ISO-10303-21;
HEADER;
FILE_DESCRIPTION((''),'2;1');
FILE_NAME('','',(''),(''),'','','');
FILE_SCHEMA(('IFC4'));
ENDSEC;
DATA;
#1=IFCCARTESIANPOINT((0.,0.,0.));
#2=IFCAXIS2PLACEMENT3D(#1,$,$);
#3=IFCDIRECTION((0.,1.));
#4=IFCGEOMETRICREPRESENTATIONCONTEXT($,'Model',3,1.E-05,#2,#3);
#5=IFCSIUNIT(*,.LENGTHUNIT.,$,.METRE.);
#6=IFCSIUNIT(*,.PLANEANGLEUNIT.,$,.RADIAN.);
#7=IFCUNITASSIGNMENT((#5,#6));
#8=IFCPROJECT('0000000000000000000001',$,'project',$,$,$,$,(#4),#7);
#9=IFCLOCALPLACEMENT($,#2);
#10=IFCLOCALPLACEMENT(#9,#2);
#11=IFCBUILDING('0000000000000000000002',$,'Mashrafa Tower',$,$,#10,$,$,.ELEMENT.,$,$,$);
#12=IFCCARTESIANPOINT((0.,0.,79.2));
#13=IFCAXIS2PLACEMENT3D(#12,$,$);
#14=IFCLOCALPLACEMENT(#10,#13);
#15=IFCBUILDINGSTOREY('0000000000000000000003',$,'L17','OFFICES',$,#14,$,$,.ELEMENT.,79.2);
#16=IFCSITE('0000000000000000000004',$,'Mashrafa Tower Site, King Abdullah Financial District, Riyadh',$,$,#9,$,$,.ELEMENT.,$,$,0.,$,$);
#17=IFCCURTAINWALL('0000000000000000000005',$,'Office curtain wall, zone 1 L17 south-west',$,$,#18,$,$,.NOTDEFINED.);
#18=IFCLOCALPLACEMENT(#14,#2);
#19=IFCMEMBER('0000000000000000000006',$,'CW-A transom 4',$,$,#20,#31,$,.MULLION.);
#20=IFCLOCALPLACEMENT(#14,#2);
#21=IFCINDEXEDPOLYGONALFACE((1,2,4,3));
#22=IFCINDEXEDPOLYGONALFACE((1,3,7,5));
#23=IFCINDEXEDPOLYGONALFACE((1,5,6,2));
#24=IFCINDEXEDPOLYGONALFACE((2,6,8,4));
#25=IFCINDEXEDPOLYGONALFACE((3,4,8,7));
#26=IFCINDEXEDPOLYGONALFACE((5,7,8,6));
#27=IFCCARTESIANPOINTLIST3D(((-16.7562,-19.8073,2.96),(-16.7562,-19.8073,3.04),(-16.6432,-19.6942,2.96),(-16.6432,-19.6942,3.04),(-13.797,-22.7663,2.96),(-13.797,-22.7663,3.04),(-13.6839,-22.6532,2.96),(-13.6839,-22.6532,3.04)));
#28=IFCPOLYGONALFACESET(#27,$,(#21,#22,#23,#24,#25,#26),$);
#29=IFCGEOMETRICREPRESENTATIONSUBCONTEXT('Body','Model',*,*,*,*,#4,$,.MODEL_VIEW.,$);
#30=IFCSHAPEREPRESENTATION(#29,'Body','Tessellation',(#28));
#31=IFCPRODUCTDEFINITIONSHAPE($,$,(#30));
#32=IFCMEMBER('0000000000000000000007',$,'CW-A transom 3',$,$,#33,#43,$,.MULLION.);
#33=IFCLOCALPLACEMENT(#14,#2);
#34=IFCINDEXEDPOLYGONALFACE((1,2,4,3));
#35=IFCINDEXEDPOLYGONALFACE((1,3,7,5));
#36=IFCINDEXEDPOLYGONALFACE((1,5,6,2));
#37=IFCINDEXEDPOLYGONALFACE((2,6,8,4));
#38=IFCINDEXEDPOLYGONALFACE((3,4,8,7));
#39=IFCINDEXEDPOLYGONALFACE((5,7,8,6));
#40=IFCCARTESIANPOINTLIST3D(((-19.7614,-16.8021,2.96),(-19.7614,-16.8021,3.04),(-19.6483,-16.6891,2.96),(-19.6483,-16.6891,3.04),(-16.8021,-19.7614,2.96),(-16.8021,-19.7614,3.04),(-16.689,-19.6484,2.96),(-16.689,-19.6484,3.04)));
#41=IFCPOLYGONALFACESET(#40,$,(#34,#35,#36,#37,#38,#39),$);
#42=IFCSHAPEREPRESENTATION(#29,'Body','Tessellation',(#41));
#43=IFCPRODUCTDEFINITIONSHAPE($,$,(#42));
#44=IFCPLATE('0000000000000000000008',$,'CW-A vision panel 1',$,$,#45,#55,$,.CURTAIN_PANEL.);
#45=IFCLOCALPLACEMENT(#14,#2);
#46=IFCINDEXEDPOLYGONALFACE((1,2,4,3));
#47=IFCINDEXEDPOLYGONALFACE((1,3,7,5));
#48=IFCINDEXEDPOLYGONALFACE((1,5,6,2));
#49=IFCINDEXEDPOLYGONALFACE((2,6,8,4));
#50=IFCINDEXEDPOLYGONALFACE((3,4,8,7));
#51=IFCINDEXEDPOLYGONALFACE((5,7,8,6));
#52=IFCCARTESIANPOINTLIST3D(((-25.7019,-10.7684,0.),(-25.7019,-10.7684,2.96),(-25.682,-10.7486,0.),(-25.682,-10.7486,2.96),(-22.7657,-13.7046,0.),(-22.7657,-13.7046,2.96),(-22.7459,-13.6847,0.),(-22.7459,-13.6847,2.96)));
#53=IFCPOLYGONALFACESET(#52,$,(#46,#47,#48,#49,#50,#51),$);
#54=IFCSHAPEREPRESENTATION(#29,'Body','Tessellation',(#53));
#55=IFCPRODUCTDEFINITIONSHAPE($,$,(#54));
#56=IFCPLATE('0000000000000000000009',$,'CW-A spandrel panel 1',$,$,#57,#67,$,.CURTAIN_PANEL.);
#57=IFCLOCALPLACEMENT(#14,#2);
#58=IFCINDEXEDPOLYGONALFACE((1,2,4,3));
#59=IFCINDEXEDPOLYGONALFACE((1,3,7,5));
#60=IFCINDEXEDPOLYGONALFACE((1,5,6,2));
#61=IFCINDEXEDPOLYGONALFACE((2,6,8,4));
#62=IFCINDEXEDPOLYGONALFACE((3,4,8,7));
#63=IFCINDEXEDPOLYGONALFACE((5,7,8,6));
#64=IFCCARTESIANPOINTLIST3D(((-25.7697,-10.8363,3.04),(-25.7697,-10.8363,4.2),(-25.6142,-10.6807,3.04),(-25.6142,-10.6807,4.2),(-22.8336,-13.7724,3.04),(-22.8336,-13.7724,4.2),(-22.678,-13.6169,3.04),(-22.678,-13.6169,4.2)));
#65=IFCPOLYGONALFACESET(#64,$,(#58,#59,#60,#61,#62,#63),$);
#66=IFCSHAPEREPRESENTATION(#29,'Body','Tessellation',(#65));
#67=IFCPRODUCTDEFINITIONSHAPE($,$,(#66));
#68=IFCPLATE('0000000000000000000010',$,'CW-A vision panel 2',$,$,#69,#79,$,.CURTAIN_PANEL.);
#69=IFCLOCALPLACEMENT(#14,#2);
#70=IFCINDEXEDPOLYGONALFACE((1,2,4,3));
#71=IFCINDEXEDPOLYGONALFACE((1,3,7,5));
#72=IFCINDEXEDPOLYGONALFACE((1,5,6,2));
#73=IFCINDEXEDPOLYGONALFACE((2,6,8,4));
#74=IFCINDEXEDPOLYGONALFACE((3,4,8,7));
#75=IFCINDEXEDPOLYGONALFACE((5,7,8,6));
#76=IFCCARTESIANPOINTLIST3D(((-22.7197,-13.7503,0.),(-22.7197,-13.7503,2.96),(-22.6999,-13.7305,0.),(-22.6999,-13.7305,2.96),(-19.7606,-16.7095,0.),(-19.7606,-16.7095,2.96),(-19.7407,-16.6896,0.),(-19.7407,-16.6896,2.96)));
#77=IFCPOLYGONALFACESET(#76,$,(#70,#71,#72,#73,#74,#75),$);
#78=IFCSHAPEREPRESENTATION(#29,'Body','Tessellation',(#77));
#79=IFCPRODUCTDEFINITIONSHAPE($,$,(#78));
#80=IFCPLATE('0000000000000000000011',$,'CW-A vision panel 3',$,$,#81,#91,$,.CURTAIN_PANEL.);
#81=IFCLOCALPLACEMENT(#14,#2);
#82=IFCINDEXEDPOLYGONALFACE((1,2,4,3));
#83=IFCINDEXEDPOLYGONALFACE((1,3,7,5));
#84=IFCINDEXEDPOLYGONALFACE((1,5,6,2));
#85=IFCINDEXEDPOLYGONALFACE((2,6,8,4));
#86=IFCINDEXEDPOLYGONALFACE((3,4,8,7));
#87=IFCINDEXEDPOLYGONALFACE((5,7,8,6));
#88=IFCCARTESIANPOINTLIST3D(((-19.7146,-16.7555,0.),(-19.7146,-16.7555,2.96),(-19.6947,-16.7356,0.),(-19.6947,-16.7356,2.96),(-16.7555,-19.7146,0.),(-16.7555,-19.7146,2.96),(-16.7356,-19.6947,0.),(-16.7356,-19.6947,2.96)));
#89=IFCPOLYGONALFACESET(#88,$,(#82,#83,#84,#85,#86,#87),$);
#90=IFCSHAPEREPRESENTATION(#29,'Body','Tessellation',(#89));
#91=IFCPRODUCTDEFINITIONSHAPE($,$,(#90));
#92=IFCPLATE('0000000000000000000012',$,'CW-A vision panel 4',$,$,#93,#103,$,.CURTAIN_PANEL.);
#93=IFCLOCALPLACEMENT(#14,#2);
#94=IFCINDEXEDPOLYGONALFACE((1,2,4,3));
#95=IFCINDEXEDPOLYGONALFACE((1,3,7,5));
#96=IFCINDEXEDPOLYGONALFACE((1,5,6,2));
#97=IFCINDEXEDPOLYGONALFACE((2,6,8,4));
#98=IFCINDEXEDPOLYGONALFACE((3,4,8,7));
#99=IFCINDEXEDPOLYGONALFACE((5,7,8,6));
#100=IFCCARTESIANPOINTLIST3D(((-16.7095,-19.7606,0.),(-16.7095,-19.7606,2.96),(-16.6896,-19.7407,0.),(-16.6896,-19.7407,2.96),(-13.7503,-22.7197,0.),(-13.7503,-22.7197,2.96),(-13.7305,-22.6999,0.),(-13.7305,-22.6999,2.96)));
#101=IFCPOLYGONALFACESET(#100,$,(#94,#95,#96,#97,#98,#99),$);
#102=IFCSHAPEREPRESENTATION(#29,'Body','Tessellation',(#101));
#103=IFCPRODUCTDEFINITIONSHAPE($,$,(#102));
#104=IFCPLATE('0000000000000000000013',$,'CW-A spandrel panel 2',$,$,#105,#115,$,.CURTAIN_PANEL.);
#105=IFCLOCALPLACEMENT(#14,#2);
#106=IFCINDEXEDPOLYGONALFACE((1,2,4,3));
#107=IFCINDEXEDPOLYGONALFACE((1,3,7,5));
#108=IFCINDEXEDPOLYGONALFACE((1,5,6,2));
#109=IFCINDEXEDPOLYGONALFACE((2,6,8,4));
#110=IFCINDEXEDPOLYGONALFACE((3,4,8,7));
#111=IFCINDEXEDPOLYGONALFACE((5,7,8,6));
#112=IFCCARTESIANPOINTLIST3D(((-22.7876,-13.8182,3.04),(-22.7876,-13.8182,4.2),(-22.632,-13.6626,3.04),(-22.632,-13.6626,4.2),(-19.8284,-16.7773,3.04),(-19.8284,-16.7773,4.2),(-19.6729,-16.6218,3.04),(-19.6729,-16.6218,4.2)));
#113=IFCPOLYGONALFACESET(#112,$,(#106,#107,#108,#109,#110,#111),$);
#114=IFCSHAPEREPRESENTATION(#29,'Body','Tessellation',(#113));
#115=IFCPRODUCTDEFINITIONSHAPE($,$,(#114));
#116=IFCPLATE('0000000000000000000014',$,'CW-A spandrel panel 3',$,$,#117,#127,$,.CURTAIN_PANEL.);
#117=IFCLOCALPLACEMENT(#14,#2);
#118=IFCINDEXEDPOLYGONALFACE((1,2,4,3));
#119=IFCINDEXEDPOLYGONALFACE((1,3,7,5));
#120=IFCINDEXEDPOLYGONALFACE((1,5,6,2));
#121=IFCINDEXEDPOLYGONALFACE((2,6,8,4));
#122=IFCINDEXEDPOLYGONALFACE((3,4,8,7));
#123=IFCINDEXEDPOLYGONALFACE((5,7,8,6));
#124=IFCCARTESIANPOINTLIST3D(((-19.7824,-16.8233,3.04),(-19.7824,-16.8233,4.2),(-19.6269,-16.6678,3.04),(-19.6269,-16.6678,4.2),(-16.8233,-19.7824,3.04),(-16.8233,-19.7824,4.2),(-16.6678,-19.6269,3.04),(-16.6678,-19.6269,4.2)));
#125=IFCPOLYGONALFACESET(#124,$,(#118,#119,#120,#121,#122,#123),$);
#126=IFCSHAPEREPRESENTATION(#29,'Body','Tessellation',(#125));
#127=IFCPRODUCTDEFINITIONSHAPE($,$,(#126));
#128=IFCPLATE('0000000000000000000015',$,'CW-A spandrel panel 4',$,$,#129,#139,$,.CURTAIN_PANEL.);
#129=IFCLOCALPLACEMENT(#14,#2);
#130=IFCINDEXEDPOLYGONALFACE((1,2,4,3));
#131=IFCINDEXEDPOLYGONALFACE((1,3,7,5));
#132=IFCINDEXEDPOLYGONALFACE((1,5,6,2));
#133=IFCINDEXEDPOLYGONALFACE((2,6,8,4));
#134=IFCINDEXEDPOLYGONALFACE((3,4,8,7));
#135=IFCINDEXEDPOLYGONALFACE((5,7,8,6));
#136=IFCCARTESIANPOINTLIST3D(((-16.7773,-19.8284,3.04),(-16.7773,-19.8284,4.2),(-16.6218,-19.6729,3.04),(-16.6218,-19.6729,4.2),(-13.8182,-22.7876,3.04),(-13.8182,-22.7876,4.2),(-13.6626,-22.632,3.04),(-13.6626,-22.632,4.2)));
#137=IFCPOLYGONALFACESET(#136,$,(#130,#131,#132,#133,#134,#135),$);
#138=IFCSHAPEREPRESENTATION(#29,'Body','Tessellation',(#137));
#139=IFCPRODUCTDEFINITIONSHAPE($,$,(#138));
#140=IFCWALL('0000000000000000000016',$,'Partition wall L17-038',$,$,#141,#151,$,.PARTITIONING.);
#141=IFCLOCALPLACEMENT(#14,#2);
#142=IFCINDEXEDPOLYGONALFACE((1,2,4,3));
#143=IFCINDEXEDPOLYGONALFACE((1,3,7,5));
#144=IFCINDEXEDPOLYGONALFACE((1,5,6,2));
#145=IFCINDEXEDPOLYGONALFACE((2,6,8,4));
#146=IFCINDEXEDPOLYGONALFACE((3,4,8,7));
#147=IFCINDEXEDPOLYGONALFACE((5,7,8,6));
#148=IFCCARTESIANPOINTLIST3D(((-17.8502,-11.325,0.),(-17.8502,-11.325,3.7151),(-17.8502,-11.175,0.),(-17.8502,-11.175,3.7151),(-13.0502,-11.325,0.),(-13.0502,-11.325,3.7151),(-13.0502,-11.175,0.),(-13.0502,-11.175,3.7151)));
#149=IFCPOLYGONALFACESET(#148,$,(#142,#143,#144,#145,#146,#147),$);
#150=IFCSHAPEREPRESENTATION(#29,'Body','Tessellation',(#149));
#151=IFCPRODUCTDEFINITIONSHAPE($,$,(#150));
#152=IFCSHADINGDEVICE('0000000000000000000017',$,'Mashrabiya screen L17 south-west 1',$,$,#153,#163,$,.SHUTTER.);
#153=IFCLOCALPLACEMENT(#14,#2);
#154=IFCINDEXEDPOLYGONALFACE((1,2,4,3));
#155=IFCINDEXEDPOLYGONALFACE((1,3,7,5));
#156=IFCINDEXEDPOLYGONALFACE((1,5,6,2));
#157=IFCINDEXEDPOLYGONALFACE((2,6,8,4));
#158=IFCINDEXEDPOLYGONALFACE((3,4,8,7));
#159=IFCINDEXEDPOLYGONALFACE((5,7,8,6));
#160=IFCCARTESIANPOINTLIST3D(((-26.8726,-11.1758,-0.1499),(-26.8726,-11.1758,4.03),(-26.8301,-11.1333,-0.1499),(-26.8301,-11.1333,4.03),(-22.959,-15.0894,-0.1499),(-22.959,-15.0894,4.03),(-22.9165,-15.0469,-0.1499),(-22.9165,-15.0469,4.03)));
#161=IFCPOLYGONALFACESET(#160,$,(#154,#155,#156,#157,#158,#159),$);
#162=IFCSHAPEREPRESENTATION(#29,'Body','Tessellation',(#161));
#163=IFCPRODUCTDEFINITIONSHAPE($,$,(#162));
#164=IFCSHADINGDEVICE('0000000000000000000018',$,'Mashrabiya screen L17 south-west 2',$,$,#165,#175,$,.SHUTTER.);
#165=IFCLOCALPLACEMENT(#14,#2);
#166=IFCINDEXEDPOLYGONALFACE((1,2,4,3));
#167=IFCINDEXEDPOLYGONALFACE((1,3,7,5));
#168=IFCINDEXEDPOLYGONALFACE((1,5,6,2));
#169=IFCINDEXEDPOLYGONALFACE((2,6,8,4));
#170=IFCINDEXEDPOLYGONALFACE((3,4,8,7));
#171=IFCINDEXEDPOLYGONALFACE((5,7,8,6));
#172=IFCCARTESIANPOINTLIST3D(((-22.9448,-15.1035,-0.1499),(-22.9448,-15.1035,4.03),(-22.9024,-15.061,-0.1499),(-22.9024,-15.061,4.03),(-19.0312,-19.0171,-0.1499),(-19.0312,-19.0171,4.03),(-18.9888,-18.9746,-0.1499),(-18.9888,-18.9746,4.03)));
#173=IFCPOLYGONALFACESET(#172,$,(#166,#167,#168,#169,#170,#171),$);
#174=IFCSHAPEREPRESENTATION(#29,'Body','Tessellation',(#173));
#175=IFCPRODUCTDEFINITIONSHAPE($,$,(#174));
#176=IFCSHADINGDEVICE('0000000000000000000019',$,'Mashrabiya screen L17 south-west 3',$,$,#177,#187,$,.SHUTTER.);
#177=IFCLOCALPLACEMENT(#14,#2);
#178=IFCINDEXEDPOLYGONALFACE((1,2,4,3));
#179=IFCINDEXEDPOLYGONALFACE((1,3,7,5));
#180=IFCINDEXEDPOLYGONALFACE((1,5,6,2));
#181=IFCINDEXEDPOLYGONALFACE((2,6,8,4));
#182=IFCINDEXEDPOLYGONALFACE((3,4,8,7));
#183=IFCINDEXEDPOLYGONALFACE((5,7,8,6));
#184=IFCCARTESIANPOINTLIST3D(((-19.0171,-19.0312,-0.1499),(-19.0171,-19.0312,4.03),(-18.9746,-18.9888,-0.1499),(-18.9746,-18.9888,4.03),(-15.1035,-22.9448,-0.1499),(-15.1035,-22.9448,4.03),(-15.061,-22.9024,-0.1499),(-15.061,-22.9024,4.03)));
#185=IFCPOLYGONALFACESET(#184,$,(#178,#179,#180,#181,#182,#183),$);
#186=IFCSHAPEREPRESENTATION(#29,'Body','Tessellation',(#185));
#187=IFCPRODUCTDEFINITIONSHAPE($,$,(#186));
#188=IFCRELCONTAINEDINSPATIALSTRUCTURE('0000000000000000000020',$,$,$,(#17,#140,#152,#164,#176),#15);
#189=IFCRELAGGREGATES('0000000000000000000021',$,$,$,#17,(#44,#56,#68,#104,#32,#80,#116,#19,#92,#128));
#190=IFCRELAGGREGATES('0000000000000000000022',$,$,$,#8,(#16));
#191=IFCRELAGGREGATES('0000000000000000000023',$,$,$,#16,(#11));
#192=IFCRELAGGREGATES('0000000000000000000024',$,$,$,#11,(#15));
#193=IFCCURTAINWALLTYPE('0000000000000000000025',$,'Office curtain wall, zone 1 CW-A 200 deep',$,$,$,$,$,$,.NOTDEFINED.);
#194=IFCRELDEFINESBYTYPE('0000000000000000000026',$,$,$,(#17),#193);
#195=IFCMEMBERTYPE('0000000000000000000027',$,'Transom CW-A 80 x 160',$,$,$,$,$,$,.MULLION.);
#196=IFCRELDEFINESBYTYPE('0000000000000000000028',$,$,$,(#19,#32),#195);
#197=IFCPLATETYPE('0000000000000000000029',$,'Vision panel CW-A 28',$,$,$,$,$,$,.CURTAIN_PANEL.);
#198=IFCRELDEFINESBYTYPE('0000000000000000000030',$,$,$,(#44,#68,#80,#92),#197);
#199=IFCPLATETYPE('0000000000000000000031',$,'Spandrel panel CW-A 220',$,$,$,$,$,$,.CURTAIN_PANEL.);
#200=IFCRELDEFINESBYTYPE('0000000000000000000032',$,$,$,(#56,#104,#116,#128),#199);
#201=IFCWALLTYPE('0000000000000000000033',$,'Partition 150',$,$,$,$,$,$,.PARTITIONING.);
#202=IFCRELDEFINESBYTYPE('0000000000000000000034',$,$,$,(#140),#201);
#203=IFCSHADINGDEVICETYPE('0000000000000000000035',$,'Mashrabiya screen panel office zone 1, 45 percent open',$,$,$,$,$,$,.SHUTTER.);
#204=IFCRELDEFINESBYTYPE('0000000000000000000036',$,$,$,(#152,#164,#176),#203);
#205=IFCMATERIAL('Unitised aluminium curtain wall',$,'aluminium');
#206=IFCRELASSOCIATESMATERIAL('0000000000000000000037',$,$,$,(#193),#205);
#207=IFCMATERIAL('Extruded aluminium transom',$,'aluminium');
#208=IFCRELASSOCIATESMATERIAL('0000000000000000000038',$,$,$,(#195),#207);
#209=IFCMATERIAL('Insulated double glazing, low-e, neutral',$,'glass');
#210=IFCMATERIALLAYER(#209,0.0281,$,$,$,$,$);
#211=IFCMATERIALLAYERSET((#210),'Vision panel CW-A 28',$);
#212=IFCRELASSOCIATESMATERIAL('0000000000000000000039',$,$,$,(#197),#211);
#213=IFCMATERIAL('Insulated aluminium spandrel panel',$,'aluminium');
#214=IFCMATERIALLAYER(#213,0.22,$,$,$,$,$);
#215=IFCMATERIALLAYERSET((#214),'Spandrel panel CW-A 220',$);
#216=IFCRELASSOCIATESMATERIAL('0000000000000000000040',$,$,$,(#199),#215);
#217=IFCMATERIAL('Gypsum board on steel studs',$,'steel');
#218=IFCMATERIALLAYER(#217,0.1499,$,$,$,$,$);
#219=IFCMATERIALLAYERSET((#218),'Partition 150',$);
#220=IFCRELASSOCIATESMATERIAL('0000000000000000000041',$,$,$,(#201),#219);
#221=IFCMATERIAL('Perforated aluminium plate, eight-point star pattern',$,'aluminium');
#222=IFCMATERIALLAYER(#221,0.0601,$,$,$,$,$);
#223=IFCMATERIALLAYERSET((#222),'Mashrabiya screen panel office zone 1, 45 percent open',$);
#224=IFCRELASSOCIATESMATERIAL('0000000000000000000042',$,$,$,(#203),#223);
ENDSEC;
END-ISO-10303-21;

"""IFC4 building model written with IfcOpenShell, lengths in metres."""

from ifc_helpers import new_model, si_unit, direction, frame, frame_2d, origin, origin_2d, place, context, subcontext, project, spatial, rectangle, extrude, source, transform, mapped, material, layer, layer_set, material_profile, profile_set, type_object, type_shapes, element, aggregate, save


model = new_model("IFC4")

# Units and contexts
model_context = context("Model", 3, precision=1e-05, world=origin(), true_north=direction((0.0, 1.0)))
body_context = subcontext(model_context, "Body", "Model", "MODEL_VIEW")
ifc_project = project(units=[si_unit("LENGTHUNIT", "METRE"), si_unit("PLANEANGLEUNIT", "RADIAN")], contexts=[model_context])

# Site, building, storey
site_placement = place(None, origin())
site = spatial("IfcSite", under=ifc_project, at=site_placement, Name="Mashrafa Tower Site, King Abdullah Financial District, Riyadh", CompositionType="ELEMENT", RefElevation=0.0)
building_placement = place(site_placement, origin())
building = spatial("IfcBuilding", under=site, at=building_placement, Name="Mashrafa Tower", CompositionType="ELEMENT")
storey_placement = place(building_placement, frame((0.0, 0.0, 79.2)))
storey = spatial("IfcBuildingStorey", under=building, at=storey_placement, Name="L17", Description="OFFICES", CompositionType="ELEMENT", Elevation=79.2)

# Shared definitions
ifc_material_1 = material(Name="Unitised aluminium curtain wall", Category="aluminium")
curtain_wall_type = type_object("IfcCurtainWallType", Name="Office curtain wall, zone 1 CW-A 200 deep", PredefinedType="NOTDEFINED", material=ifc_material_1)

# Curtain wall, members, plates
curtain_wall_1_placement = place(storey_placement, origin())
curtain_wall_1 = element("IfcCurtainWall", 1, at=curtain_wall_1_placement, inside=storey, type_object=curtain_wall_type, Name="Office curtain wall, zone 1 L17 south-west", PredefinedType="NOTDEFINED")
ifc_material_2 = material(Name="Extruded aluminium transom", Category="aluminium")
ifc_material_profile_1 = material_profile(ifc_material_2, rectangle(XDim=0.1599, YDim=0.0801, at=origin_2d()), Name="Transom 80x160")
ifc_profile_set_1 = profile_set([ifc_material_profile_1], Name="Extruded aluminium transom")
member_type_1 = type_object("IfcMemberType", Name="Transom CW-A 80 x 160", PredefinedType="MULLION", material=ifc_profile_set_1)
shared_shape_1 = source(origin(), body_context, "Body", "SweptSolid", [
    extrude(rectangle(XDim=0.1599, YDim=0.0801, at=origin_2d()), origin(), (0.0, 0.0, 1.0), 4.1848),
])
member_1_placement = place(storey_placement, frame((-16.6997, -19.7507, 3.0), z_axis=(0.707136, -0.707078, 0.0), x_axis=(0.707078, 0.707136, 0.0)))
member_1 = element("IfcMember", 2, at=member_1_placement, type_object=member_type_1, Name="CW-A transom 4", PredefinedType="MULLION", context=body_context, shape_type="MappedRepresentation", body=[
    mapped(shared_shape_1, transform((0.0, 0.0, 0.0))),
])
shared_shape_2 = source(origin(), body_context, "Body", "SweptSolid", [
    extrude(rectangle(XDim=0.1599, YDim=0.0801, at=origin_2d()), origin(), (0.0, 0.0, 1.0), 4.1851),
])
member_2_placement = place(storey_placement, frame((-19.7048, -16.7456, 3.0), z_axis=(0.707107, -0.707107, 0.0), x_axis=(0.707107, 0.707107, 0.0)))
member_2 = element("IfcMember", 3, at=member_2_placement, type_object=member_type_1, Name="CW-A transom 3", PredefinedType="MULLION", context=body_context, shape_type="MappedRepresentation", body=[
    mapped(shared_shape_2, transform((0.0, 0.0, 0.0))),
])
ifc_material_3 = material(Name="Insulated double glazing, low-e, neutral", Category="glass")
ifc_layer_1 = layer(ifc_material_3, 0.0281)
ifc_layer_set_1 = layer_set([ifc_layer_1], Name="Vision panel CW-A 28")
plate_type_1 = type_object("IfcPlateType", Name="Vision panel CW-A 28", PredefinedType="CURTAIN_PANEL", material=ifc_layer_set_1)
shared_shape_3 = source(origin(), body_context, "Body", "SweptSolid", [
    extrude(rectangle(XDim=4.1523, YDim=0.0281, at=origin_2d()), origin(), (0.0, 0.0, 1.0), 2.96),
])
plate_1_placement = place(storey_placement, frame((-24.2239, -12.2266, 0.0), z_axis=(0.0, 0.0, 1.0), x_axis=(0.707107, -0.707107, 0.0)))
plate_1 = element("IfcPlate", 4, at=plate_1_placement, type_object=plate_type_1, Name="CW-A vision panel 1", PredefinedType="CURTAIN_PANEL", context=body_context, shape_type="MappedRepresentation", body=[
    mapped(shared_shape_3, transform((0.0, 0.0, 0.0))),
])
ifc_material_4 = material(Name="Insulated aluminium spandrel panel", Category="aluminium")
ifc_layer_2 = layer(ifc_material_4, 0.22)
ifc_layer_set_2 = layer_set([ifc_layer_2], Name="Spandrel panel CW-A 220")
plate_type_2 = type_object("IfcPlateType", Name="Spandrel panel CW-A 220", PredefinedType="CURTAIN_PANEL", material=ifc_layer_set_2)
shared_shape_4 = source(origin(), body_context, "Body", "SweptSolid", [
    extrude(rectangle(XDim=4.1523, YDim=0.22, at=origin_2d()), origin(), (0.0, 0.0, 1.0), 1.1599),
])
plate_2_placement = place(storey_placement, frame((-24.2239, -12.2266, 3.04), z_axis=(0.0, 0.0, 1.0), x_axis=(0.707107, -0.707107, 0.0)))
plate_2 = element("IfcPlate", 5, at=plate_2_placement, type_object=plate_type_2, Name="CW-A spandrel panel 1", PredefinedType="CURTAIN_PANEL", context=body_context, shape_type="MappedRepresentation", body=[
    mapped(shared_shape_4, transform((0.0, 0.0, 0.0))),
])
shared_shape_5 = source(origin(), body_context, "Body", "SweptSolid", [
    extrude(rectangle(XDim=4.1848, YDim=0.0281, at=origin_2d()), origin(), (0.0, 0.0, 1.0), 2.96),
])
type_shapes(plate_type_1, [shared_shape_3, shared_shape_5])
plate_3_placement = place(storey_placement, frame((-21.2302, -15.22, 0.0), z_axis=(0.0, 0.0, 1.0), x_axis=(0.707107, -0.707107, 0.0)))
plate_3 = element("IfcPlate", 6, at=plate_3_placement, type_object=plate_type_1, Name="CW-A vision panel 2", PredefinedType="CURTAIN_PANEL", context=body_context, shape_type="MappedRepresentation", body=[
    mapped(shared_shape_5, transform((0.0, 0.0, 0.0))),
])
plate_4_placement = place(storey_placement, frame((-18.2251, -18.2251, 0.0), z_axis=(0.0, 0.0, 1.0), x_axis=(0.707107, -0.707107, 0.0)))
plate_4 = element("IfcPlate", 7, at=plate_4_placement, type_object=plate_type_1, Name="CW-A vision panel 3", PredefinedType="CURTAIN_PANEL", context=body_context, shape_type="MappedRepresentation", body=[
    mapped(shared_shape_5, transform((0.0, 0.0, 0.0))),
])
plate_5_placement = place(storey_placement, frame((-15.22, -21.2302, 0.0), z_axis=(0.0, 0.0, 1.0), x_axis=(0.707107, -0.707107, 0.0)))
plate_5 = element("IfcPlate", 8, at=plate_5_placement, type_object=plate_type_1, Name="CW-A vision panel 4", PredefinedType="CURTAIN_PANEL", context=body_context, shape_type="MappedRepresentation", body=[
    mapped(shared_shape_5, transform((0.0, 0.0, 0.0))),
])
shared_shape_6 = source(origin(), body_context, "Body", "SweptSolid", [
    extrude(rectangle(XDim=4.1848, YDim=0.22, at=origin_2d()), origin(), (0.0, 0.0, 1.0), 1.1599),
])
type_shapes(plate_type_2, [shared_shape_4, shared_shape_6])
plate_6_placement = place(storey_placement, frame((-21.2302, -15.22, 3.04), z_axis=(0.0, 0.0, 1.0), x_axis=(0.707107, -0.707107, 0.0)))
plate_6 = element("IfcPlate", 9, at=plate_6_placement, type_object=plate_type_2, Name="CW-A spandrel panel 2", PredefinedType="CURTAIN_PANEL", context=body_context, shape_type="MappedRepresentation", body=[
    mapped(shared_shape_6, transform((0.0, 0.0, 0.0))),
])
plate_7_placement = place(storey_placement, frame((-18.2251, -18.2251, 3.04), z_axis=(0.0, 0.0, 1.0), x_axis=(0.707107, -0.707107, 0.0)))
plate_7 = element("IfcPlate", 10, at=plate_7_placement, type_object=plate_type_2, Name="CW-A spandrel panel 3", PredefinedType="CURTAIN_PANEL", context=body_context, shape_type="MappedRepresentation", body=[
    mapped(shared_shape_6, transform((0.0, 0.0, 0.0))),
])
plate_8_placement = place(storey_placement, frame((-15.22, -21.2302, 3.04), z_axis=(0.0, 0.0, 1.0), x_axis=(0.707107, -0.707107, 0.0)))
plate_8 = element("IfcPlate", 11, at=plate_8_placement, type_object=plate_type_2, Name="CW-A spandrel panel 4", PredefinedType="CURTAIN_PANEL", context=body_context, shape_type="MappedRepresentation", body=[
    mapped(shared_shape_6, transform((0.0, 0.0, 0.0))),
])
aggregate(curtain_wall_1, [plate_1, plate_2, plate_3, plate_6, member_2, plate_4, plate_7, member_1, plate_5, plate_8])

# Wall
ifc_material_5 = material(Name="Gypsum board on steel studs", Category="steel")
ifc_layer_3 = layer(ifc_material_5, 0.1499)
ifc_layer_set_3 = layer_set([ifc_layer_3], Name="Partition 150")
wall_type = type_object("IfcWallType", Name="Partition 150", PredefinedType="PARTITIONING", material=ifc_layer_set_3)
wall_placement = place(storey_placement, frame((-17.8501, -11.25, 0.0), z_axis=(0.0, 0.0, 1.0), x_axis=(1.0, 0.0, 0.0)))
element("IfcWall", 12, at=wall_placement, inside=storey, type_object=wall_type, Name="Partition wall L17-038", PredefinedType="PARTITIONING", context=body_context, shape_type="SweptSolid", body=[
    extrude(rectangle(XDim=4.8, YDim=0.1499, at=frame_2d((2.3999, 0.0))), origin(), (0.0, 0.0, 1.0), 3.7151),
])

# Shading devices
ifc_material_6 = material(Name="Perforated aluminium plate, eight-point star pattern", Category="aluminium")
ifc_layer_4 = layer(ifc_material_6, 0.0601)
ifc_layer_set_4 = layer_set([ifc_layer_4], Name="Mashrabiya screen panel office zone 1, 45 percent open")
shading_device_type = type_object("IfcShadingDeviceType", Name="Mashrabiya screen panel office zone 1, 45 percent open", PredefinedType="SHUTTER", material=ifc_layer_set_4)
shared_shape_7 = source(origin(), body_context, "Body", "SweptSolid", [
    extrude(rectangle(XDim=5.5347, YDim=0.0601, at=origin_2d()), origin(), (0.0, 0.0, 1.0), 4.1799),
])
type_shapes(shading_device_type, [shared_shape_7])
for number, where, z_axis, x_axis, name in (
    (13, (-24.8945, -13.1113, -0.1499), (0.0, 0.0, 1.0), (0.707107, -0.707107, 0.0), "Mashrabiya screen L17 south-west 1"),
    (14, (-20.9668, -17.0391, -0.1499), (0.0, 0.0, 1.0), (0.707107, -0.707107, 0.0), "Mashrabiya screen L17 south-west 2"),
    (15, (-17.0391, -20.9668, -0.1499), (0.0, 0.0, 1.0), (0.707107, -0.707107, 0.0), "Mashrabiya screen L17 south-west 3"),
):
    element("IfcShadingDevice", number, at=place(storey_placement, frame(where, z_axis=z_axis, x_axis=x_axis)), inside=storey, type_object=shading_device_type, Name=name, PredefinedType="SHUTTER", context=body_context, shape_type="MappedRepresentation", body=[
        mapped(shared_shape_7, transform((0.0, 0.0, 0.0))),
    ])

save(model, "model.ifc")
